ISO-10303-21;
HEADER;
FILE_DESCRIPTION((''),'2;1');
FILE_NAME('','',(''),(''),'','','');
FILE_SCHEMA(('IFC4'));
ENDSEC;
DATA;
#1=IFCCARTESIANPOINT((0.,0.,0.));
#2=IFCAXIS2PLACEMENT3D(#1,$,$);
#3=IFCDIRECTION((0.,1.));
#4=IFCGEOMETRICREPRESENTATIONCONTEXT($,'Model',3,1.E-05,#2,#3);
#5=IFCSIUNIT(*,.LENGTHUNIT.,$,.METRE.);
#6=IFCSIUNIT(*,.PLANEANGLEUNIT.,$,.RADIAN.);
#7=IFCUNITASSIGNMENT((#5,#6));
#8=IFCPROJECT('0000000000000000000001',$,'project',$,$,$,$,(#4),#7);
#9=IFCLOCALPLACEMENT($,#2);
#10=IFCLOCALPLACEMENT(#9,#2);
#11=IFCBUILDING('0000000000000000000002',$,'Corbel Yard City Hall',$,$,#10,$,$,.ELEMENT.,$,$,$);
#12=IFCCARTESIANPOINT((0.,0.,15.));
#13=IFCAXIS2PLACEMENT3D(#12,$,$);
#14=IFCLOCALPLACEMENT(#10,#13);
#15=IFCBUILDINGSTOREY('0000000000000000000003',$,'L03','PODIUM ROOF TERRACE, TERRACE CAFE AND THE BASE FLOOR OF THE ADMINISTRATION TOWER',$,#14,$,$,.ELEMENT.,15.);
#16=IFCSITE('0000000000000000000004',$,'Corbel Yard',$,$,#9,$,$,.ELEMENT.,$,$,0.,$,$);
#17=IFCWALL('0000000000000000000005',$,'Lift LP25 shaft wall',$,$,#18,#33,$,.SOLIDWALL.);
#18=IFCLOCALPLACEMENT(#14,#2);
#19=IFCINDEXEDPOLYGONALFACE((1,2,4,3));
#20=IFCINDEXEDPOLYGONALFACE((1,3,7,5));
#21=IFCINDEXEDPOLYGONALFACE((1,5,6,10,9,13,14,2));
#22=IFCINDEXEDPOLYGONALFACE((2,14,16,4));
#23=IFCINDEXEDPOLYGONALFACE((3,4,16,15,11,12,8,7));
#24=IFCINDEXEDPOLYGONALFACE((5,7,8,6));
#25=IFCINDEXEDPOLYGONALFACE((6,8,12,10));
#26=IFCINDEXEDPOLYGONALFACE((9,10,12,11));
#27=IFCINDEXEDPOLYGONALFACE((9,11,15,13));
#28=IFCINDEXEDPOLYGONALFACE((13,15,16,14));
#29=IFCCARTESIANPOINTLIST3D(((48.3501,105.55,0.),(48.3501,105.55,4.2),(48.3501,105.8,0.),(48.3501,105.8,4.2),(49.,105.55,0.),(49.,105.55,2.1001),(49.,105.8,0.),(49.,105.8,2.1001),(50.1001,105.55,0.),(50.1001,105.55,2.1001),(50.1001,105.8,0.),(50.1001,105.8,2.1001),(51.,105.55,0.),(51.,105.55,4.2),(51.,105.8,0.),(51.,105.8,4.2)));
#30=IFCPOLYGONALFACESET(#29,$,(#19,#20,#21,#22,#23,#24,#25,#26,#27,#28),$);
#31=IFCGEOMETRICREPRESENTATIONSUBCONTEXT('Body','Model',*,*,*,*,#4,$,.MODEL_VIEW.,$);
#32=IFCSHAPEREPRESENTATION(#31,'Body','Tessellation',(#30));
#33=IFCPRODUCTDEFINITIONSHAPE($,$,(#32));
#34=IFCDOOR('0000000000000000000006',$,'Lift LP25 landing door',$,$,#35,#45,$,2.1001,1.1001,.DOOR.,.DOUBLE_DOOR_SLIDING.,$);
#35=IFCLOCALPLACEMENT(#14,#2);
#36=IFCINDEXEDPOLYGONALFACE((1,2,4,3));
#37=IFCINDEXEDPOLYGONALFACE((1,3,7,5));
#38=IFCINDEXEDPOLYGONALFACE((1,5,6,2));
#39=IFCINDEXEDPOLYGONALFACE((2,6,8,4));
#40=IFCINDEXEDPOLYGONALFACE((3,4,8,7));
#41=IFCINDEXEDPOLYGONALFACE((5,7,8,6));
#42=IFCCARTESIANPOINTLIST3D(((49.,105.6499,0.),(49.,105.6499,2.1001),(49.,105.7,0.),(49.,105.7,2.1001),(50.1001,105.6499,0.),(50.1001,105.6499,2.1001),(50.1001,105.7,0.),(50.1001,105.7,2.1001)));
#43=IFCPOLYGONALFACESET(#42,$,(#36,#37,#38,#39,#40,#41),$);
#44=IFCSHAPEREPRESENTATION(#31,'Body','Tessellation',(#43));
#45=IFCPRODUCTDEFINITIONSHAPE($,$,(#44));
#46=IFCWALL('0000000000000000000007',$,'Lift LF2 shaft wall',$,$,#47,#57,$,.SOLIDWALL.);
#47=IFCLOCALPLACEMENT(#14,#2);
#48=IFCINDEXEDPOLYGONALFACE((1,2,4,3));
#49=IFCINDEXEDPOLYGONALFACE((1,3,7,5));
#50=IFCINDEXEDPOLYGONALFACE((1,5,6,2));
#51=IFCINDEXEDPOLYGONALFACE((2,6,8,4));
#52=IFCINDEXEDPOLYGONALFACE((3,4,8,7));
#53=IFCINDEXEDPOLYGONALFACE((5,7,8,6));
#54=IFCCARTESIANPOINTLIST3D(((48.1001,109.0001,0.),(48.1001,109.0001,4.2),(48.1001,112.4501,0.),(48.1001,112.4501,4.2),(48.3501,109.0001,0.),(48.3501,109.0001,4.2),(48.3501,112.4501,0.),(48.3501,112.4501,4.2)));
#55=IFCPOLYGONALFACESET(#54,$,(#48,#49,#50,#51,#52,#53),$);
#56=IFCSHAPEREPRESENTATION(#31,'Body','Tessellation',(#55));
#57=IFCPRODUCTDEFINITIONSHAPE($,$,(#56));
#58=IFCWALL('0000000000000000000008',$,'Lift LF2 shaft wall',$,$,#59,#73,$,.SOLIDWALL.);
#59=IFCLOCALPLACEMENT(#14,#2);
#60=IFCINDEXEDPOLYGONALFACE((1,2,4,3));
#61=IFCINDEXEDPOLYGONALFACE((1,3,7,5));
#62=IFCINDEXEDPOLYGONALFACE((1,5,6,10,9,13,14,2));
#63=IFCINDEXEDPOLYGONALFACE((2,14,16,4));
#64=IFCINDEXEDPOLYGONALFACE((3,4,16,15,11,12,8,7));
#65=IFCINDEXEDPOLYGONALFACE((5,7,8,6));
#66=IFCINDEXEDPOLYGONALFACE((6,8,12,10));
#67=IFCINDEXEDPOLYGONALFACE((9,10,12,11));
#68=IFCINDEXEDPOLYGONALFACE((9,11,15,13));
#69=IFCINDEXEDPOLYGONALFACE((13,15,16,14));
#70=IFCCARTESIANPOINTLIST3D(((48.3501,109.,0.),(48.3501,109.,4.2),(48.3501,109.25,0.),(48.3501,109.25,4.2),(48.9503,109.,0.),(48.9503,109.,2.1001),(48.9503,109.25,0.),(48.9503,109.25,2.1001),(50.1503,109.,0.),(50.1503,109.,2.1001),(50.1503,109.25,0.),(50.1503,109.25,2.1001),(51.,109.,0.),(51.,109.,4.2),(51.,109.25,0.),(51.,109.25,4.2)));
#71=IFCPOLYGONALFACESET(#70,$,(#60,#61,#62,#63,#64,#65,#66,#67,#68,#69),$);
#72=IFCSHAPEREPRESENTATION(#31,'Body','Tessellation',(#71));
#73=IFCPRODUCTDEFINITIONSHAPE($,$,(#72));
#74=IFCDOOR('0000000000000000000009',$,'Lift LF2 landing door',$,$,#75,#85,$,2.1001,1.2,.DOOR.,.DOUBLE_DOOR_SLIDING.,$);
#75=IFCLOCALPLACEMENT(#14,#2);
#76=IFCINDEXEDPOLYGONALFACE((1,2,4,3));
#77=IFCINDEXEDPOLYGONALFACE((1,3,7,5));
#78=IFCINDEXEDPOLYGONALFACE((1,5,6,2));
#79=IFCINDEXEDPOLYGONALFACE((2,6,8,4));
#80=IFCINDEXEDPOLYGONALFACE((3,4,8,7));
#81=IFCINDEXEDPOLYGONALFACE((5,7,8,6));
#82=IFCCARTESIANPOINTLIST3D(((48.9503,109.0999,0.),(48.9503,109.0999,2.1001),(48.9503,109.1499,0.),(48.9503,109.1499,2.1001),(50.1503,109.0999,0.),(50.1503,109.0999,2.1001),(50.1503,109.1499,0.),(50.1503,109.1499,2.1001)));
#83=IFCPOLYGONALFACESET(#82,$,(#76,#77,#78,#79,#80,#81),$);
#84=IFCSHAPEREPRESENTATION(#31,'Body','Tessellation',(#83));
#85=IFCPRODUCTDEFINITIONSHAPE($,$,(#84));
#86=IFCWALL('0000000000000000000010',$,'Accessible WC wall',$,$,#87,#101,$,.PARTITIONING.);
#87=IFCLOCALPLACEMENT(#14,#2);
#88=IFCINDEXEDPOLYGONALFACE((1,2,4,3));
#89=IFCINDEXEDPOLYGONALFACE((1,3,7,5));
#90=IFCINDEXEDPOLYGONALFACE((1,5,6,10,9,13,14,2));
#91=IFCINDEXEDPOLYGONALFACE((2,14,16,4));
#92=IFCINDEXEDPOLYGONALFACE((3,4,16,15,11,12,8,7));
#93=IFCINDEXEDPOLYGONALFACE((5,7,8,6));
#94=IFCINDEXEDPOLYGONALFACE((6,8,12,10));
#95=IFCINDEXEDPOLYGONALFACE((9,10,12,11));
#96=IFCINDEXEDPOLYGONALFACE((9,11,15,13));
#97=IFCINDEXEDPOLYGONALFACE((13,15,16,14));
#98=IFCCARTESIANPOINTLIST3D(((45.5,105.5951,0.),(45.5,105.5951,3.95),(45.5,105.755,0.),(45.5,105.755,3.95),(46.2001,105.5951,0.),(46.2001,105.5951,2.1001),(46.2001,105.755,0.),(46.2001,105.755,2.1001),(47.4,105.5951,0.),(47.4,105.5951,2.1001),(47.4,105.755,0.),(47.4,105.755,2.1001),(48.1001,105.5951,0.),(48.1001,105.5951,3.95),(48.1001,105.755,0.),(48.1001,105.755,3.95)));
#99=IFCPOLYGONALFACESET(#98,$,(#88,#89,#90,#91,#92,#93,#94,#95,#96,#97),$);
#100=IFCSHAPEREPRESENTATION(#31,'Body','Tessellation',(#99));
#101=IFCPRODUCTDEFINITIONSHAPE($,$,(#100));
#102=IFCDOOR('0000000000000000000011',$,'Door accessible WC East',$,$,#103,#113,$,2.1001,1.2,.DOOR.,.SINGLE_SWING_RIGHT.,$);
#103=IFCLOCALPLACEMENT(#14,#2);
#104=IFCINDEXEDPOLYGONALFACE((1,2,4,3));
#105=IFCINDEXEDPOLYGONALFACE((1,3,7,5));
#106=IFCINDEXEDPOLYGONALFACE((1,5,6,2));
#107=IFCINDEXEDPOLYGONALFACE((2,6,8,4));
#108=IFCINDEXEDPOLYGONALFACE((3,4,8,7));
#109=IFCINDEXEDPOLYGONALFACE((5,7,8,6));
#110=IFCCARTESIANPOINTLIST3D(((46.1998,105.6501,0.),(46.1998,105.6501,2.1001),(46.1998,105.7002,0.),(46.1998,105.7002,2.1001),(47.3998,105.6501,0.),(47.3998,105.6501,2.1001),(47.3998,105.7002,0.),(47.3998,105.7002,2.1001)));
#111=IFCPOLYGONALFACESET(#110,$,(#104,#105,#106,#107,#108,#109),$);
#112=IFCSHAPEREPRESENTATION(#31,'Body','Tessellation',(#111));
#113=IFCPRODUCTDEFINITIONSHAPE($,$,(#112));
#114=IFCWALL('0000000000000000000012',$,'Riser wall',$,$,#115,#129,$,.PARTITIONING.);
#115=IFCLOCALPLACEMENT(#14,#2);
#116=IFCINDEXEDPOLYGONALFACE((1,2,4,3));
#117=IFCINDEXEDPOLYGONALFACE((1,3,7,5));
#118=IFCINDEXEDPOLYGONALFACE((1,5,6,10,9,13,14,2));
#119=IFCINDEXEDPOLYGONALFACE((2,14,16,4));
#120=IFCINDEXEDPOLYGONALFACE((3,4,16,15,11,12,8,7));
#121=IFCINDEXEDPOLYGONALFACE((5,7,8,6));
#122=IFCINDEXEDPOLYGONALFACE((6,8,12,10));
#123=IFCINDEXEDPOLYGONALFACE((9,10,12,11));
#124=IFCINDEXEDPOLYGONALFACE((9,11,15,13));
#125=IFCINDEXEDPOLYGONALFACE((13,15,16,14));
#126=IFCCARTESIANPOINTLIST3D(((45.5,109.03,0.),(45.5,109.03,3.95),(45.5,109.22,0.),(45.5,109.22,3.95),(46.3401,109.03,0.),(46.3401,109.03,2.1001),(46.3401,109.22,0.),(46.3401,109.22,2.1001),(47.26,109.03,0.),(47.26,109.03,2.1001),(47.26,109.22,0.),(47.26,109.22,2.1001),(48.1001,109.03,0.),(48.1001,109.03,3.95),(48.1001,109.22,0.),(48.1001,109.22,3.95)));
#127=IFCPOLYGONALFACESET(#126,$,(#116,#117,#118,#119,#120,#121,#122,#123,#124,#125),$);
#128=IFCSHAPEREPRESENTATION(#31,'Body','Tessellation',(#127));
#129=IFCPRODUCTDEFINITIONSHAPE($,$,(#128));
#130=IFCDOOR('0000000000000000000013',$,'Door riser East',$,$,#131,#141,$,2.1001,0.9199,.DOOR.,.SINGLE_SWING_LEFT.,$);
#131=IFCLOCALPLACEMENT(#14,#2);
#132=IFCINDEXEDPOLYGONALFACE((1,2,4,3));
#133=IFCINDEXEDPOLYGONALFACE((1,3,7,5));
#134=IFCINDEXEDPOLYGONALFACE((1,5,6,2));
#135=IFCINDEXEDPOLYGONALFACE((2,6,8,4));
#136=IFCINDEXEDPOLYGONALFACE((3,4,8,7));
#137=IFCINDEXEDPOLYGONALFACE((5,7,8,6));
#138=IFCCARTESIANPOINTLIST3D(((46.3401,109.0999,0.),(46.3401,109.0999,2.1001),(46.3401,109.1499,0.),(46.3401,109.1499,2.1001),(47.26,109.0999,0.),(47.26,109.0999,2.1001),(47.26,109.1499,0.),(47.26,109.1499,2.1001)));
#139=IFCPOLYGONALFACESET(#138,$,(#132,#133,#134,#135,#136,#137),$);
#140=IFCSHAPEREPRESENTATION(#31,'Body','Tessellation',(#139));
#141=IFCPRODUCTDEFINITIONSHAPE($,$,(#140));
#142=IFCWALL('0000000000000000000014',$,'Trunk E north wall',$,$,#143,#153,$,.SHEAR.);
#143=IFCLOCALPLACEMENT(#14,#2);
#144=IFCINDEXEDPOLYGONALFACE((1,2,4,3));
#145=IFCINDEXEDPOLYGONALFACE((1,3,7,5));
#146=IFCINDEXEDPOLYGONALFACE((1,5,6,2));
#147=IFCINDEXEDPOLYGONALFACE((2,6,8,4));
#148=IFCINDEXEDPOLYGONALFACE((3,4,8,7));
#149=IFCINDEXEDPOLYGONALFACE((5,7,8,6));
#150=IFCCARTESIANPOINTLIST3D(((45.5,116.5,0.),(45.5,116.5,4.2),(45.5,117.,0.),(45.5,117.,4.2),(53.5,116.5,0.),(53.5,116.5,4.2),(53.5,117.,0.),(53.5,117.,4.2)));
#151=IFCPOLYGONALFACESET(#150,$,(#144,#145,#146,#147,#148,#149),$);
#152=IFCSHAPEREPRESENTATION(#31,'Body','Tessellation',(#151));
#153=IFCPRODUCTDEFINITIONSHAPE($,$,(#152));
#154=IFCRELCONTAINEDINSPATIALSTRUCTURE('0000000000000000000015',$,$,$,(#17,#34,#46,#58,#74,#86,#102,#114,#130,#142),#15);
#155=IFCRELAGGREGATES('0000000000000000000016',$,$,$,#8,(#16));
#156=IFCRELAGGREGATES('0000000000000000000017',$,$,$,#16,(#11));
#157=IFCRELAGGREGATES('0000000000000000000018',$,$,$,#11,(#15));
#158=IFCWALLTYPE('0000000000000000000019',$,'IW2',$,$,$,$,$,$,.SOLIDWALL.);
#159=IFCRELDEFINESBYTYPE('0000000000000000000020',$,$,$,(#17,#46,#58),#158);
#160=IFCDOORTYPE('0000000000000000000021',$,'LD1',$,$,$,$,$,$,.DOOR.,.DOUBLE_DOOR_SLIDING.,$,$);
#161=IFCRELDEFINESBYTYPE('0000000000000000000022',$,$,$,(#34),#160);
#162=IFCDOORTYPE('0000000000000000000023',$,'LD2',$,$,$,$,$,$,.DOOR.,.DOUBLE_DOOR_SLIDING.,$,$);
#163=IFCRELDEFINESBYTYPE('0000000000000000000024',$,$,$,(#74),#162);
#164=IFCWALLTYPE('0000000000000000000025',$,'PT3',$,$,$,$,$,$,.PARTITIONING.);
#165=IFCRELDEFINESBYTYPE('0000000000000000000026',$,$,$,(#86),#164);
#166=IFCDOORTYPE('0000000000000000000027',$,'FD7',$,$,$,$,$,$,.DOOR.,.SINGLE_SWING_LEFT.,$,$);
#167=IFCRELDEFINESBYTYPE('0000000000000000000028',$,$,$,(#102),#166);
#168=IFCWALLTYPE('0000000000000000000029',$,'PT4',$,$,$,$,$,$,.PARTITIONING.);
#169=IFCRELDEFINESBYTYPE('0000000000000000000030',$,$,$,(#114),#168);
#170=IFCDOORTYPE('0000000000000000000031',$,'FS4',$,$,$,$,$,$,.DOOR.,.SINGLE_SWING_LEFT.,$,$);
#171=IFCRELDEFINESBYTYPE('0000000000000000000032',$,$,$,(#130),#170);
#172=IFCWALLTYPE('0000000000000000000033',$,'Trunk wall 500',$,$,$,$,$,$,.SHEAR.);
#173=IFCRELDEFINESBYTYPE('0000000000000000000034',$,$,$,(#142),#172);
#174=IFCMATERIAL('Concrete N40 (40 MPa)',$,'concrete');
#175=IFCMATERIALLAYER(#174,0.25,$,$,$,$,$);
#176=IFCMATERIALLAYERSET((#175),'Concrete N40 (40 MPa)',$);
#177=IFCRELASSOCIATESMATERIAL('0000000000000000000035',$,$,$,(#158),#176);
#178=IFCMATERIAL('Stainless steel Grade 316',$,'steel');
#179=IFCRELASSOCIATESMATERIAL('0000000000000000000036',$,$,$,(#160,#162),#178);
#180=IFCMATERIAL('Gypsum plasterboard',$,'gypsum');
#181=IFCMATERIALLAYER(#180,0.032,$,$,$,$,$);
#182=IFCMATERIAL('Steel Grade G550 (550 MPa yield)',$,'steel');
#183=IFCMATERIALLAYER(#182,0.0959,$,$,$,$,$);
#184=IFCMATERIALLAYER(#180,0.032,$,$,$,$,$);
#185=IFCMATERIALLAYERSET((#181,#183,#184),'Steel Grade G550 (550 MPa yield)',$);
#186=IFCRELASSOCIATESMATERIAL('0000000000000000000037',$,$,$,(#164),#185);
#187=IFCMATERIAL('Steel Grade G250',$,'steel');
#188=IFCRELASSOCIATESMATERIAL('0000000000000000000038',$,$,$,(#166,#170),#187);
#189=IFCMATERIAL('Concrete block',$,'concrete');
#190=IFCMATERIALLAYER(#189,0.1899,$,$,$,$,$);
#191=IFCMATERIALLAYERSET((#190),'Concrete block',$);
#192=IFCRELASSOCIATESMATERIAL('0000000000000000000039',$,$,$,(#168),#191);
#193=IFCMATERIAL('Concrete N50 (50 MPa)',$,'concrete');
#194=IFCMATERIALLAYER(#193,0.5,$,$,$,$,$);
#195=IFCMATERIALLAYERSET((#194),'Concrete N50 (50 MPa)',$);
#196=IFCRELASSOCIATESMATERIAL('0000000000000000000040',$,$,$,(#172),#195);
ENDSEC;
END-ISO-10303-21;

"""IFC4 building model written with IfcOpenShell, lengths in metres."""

from ifc_helpers import new_model, si_unit, direction, frame, frame_2d, origin, place, context, subcontext, project, spatial, rectangle, extrude, material, layer, layer_set, type_object, element, fill, save


model = new_model("IFC4")

# Units and contexts
model_context = context("Model", 3, precision=1e-05, world=origin(), true_north=direction((0.0, 1.0)))
body_context = subcontext(model_context, "Body", "Model", "MODEL_VIEW")
ifc_project = project(units=[si_unit("LENGTHUNIT", "METRE"), si_unit("PLANEANGLEUNIT", "RADIAN")], contexts=[model_context])

# Site, building, storey
site_placement = place(None, origin())
site = spatial("IfcSite", under=ifc_project, at=site_placement, Name="Corbel Yard", CompositionType="ELEMENT", RefElevation=0.0)
building_placement = place(site_placement, origin())
building = spatial("IfcBuilding", under=site, at=building_placement, Name="Corbel Yard City Hall", CompositionType="ELEMENT")
storey_placement = place(building_placement, frame((0.0, 0.0, 15.0)))
storey = spatial("IfcBuildingStorey", under=building, at=storey_placement, Name="L03", Description="PODIUM ROOF TERRACE, TERRACE CAFE AND THE BASE FLOOR OF THE ADMINISTRATION TOWER", CompositionType="ELEMENT", Elevation=15.0)

# Shared definitions
ifc_material_1 = material(Name="Concrete N40 (40 MPa)", Category="concrete")
ifc_layer_1 = layer(ifc_material_1, 0.25)
ifc_layer_set_1 = layer_set([ifc_layer_1], Name="Concrete N40 (40 MPa)")
wall_type_1 = type_object("IfcWallType", Name="IW2", PredefinedType="SOLIDWALL", material=ifc_layer_set_1)

# Wall, opening, door
wall_1_placement = place(storey_placement, frame((48.3501, 105.675, 0.0), z_axis=(0.0, 0.0, 1.0), x_axis=(1.0, 0.0, 0.0)))
wall_1 = element("IfcWall", 1, at=wall_1_placement, inside=storey, type_object=wall_type_1, Name="Lift LP25 shaft wall", PredefinedType="SOLIDWALL", context=body_context, shape_type="SweptSolid", body=[
    extrude(rectangle(XDim=2.6499, YDim=0.25, at=frame_2d((1.325, 0.0))), origin(), (0.0, 0.0, 1.0), 4.2),
])
opening_1_placement = place(wall_1_placement, frame((0.6499, 0.0, 0.0)))
opening_1 = element("IfcOpeningElement", 2, at=opening_1_placement, cuts=wall_1, PredefinedType="OPENING", context=body_context, shape_type="SweptSolid", body=[
    extrude(rectangle(XDim=1.1001, YDim=2.1001, at=frame_2d((0.55, 1.05))), frame((0.0, 0.135, 0.0), z_axis=(0.0, -1.0, 0.0), x_axis=(1.0, 0.0, 0.0)), (0.0, 0.0, 1.0), 0.27),
])
ifc_material_2 = material(Name="Stainless steel Grade 316", Category="steel")
door_type_1 = type_object("IfcDoorType", Name="LD1", OperationType="DOUBLE_DOOR_SLIDING", PredefinedType="DOOR", material=ifc_material_2)
door_1_placement = place(opening_1_placement, origin())
door_1 = element("IfcDoor", 3, at=door_1_placement, inside=storey, type_object=door_type_1, Name="Lift LP25 landing door", OperationType="DOUBLE_DOOR_SLIDING", OverallHeight=2.1001, OverallWidth=1.1001, PredefinedType="DOOR", context=body_context, shape_type="SweptSolid", body=[
    extrude(rectangle(XDim=1.1001, YDim=2.1001, at=frame_2d((0.55, 1.05))), frame((0.0, 0.0249, 0.0), z_axis=(0.0, -1.0, 0.0), x_axis=(1.0, 0.0, 0.0)), (0.0, 0.0, 1.0), 0.05),
])
fill(opening_1, door_1)

# Wall
wall_2_placement = place(storey_placement, frame((48.2251, 109.0, 0.0), z_axis=(0.0, 0.0, 1.0), x_axis=(0.0, 1.0, 0.0)))
element("IfcWall", 4, at=wall_2_placement, inside=storey, type_object=wall_type_1, Name="Lift LF2 shaft wall", PredefinedType="SOLIDWALL", context=body_context, shape_type="SweptSolid", body=[
    extrude(rectangle(XDim=3.45, YDim=0.25, at=frame_2d((1.7251, 0.0))), origin(), (0.0, 0.0, 1.0), 4.2),
])

# Walls, openings, doors
wall_3_placement = place(storey_placement, frame((48.3501, 109.125, 0.0), z_axis=(0.0, 0.0, 1.0), x_axis=(1.0, 0.0, 0.0)))
wall_3 = element("IfcWall", 5, at=wall_3_placement, inside=storey, type_object=wall_type_1, Name="Lift LF2 shaft wall", PredefinedType="SOLIDWALL", context=body_context, shape_type="SweptSolid", body=[
    extrude(rectangle(XDim=2.6499, YDim=0.25, at=frame_2d((1.325, 0.0))), origin(), (0.0, 0.0, 1.0), 4.2),
])
opening_2_placement = place(wall_3_placement, frame((0.6001, 0.0, 0.0)))
opening_2 = element("IfcOpeningElement", 6, at=opening_2_placement, cuts=wall_3, PredefinedType="OPENING", context=body_context, shape_type="SweptSolid", body=[
    extrude(rectangle(XDim=1.2, YDim=2.1001, at=frame_2d((0.6001, 1.05))), frame((0.0, 0.135, 0.0), z_axis=(0.0, -1.0, 0.0), x_axis=(1.0, 0.0, 0.0)), (0.0, 0.0, 1.0), 0.27),
])
door_type_2 = type_object("IfcDoorType", Name="LD2", OperationType="DOUBLE_DOOR_SLIDING", PredefinedType="DOOR", material=ifc_material_2)
door_2_placement = place(opening_2_placement, origin())
door_2 = element("IfcDoor", 7, at=door_2_placement, inside=storey, type_object=door_type_2, Name="Lift LF2 landing door", OperationType="DOUBLE_DOOR_SLIDING", OverallHeight=2.1001, OverallWidth=1.2, PredefinedType="DOOR", context=body_context, shape_type="SweptSolid", body=[
    extrude(rectangle(XDim=1.2, YDim=2.1001, at=frame_2d((0.6001, 1.05))), frame((0.0, 0.0249, 0.0), z_axis=(0.0, -1.0, 0.0), x_axis=(1.0, 0.0, 0.0)), (0.0, 0.0, 1.0), 0.05),
])
fill(opening_2, door_2)
ifc_material_3 = material(Name="Gypsum plasterboard", Category="gypsum")
ifc_layer_2 = layer(ifc_material_3, 0.032)
ifc_material_4 = material(Name="Steel Grade G550 (550 MPa yield)", Category="steel")
ifc_layer_3 = layer(ifc_material_4, 0.0959)
ifc_layer_4 = layer(ifc_material_3, 0.032)
ifc_layer_set_2 = layer_set([ifc_layer_2, ifc_layer_3, ifc_layer_4], Name="Steel Grade G550 (550 MPa yield)")
wall_type_2 = type_object("IfcWallType", Name="PT3", PredefinedType="PARTITIONING", material=ifc_layer_set_2)
wall_4_placement = place(storey_placement, frame((45.5, 105.675, 0.0), z_axis=(0.0, 0.0, 1.0), x_axis=(1.0, 0.0, 0.0)))
wall_4 = element("IfcWall", 8, at=wall_4_placement, inside=storey, type_object=wall_type_2, Name="Accessible WC wall", PredefinedType="PARTITIONING", context=body_context, shape_type="SweptSolid", body=[
    extrude(rectangle(XDim=2.6001, YDim=0.1599, at=frame_2d((1.3, 0.0))), origin(), (0.0, 0.0, 1.0), 3.95),
])
opening_3_placement = place(wall_4_placement, frame((0.7, 0.0, 0.0)))
opening_3 = element("IfcOpeningElement", 9, at=opening_3_placement, cuts=wall_4, PredefinedType="OPENING", context=body_context, shape_type="SweptSolid", body=[
    extrude(rectangle(XDim=1.2, YDim=2.1001, at=frame_2d((0.6001, 1.05))), frame((0.0, 0.0898, 0.0), z_axis=(0.0, -1.0, 0.0), x_axis=(1.0, 0.0, 0.0)), (0.0, 0.0, 1.0), 0.1799),
])
ifc_material_5 = material(Name="Steel Grade G250", Category="steel")
door_type_3 = type_object("IfcDoorType", Name="FD7", OperationType="SINGLE_SWING_LEFT", PredefinedType="DOOR", material=ifc_material_5)
door_3_placement = place(opening_3_placement, frame((1.2, 0.0, 0.0), z_axis=(0.0, 0.0, 1.0), x_axis=(-1.0, 0.0, 0.0)))
door_3 = element("IfcDoor", 10, at=door_3_placement, inside=storey, type_object=door_type_3, Name="Door accessible WC East", OperationType="SINGLE_SWING_RIGHT", OverallHeight=2.1001, OverallWidth=1.2, PredefinedType="DOOR", context=body_context, shape_type="SweptSolid", body=[
    extrude(rectangle(XDim=1.2, YDim=2.1001, at=frame_2d((0.6001, 1.05))), frame((0.0, 0.0249, 0.0), z_axis=(0.0, -1.0, 0.0), x_axis=(1.0, 0.0, 0.0)), (0.0, 0.0, 1.0), 0.05),
])
fill(opening_3, door_3)
ifc_material_6 = material(Name="Concrete block", Category="concrete")
ifc_layer_5 = layer(ifc_material_6, 0.1899)
ifc_layer_set_3 = layer_set([ifc_layer_5], Name="Concrete block")
wall_type_3 = type_object("IfcWallType", Name="PT4", PredefinedType="PARTITIONING", material=ifc_layer_set_3)
wall_5_placement = place(storey_placement, frame((45.5, 109.125, 0.0), z_axis=(0.0, 0.0, 1.0), x_axis=(1.0, 0.0, 0.0)))
wall_5 = element("IfcWall", 11, at=wall_5_placement, inside=storey, type_object=wall_type_3, Name="Riser wall", PredefinedType="PARTITIONING", context=body_context, shape_type="SweptSolid", body=[
    extrude(rectangle(XDim=2.6001, YDim=0.1899, at=frame_2d((1.3, 0.0))), origin(), (0.0, 0.0, 1.0), 3.95),
])
opening_4_placement = place(wall_5_placement, frame((0.8401, 0.0, 0.0)))
opening_4 = element("IfcOpeningElement", 12, at=opening_4_placement, cuts=wall_5, PredefinedType="OPENING", context=body_context, shape_type="SweptSolid", body=[
    extrude(rectangle(XDim=0.9199, YDim=2.1001, at=frame_2d((0.46, 1.05))), frame((0.0, 0.105, 0.0), z_axis=(0.0, -1.0, 0.0), x_axis=(1.0, 0.0, 0.0)), (0.0, 0.0, 1.0), 0.21),
])
door_type_4 = type_object("IfcDoorType", Name="FS4", OperationType="SINGLE_SWING_LEFT", PredefinedType="DOOR", material=ifc_material_5)
door_4_placement = place(opening_4_placement, origin())
door_4 = element("IfcDoor", 13, at=door_4_placement, inside=storey, type_object=door_type_4, Name="Door riser East", OperationType="SINGLE_SWING_LEFT", OverallHeight=2.1001, OverallWidth=0.9199, PredefinedType="DOOR", context=body_context, shape_type="SweptSolid", body=[
    extrude(rectangle(XDim=0.9199, YDim=2.1001, at=frame_2d((0.46, 1.05))), frame((0.0, 0.0249, 0.0), z_axis=(0.0, -1.0, 0.0), x_axis=(1.0, 0.0, 0.0)), (0.0, 0.0, 1.0), 0.05),
])
fill(opening_4, door_4)

# Wall
ifc_material_7 = material(Name="Concrete N50 (50 MPa)", Category="concrete")
ifc_layer_6 = layer(ifc_material_7, 0.5)
ifc_layer_set_4 = layer_set([ifc_layer_6], Name="Concrete N50 (50 MPa)")
wall_type_4 = type_object("IfcWallType", Name="Trunk wall 500", PredefinedType="SHEAR", material=ifc_layer_set_4)
wall_6_placement = place(storey_placement, frame((45.5, 116.75, 0.0), z_axis=(0.0, 0.0, 1.0), x_axis=(1.0, 0.0, 0.0)))
element("IfcWall", 14, at=wall_6_placement, inside=storey, type_object=wall_type_4, Name="Trunk E north wall", PredefinedType="SHEAR", context=body_context, shape_type="SweptSolid", body=[
    extrude(rectangle(XDim=8.0, YDim=0.5, at=frame_2d((4.0, 0.0))), origin(), (0.0, 0.0, 1.0), 4.2),
])

save(model, "model.ifc")
